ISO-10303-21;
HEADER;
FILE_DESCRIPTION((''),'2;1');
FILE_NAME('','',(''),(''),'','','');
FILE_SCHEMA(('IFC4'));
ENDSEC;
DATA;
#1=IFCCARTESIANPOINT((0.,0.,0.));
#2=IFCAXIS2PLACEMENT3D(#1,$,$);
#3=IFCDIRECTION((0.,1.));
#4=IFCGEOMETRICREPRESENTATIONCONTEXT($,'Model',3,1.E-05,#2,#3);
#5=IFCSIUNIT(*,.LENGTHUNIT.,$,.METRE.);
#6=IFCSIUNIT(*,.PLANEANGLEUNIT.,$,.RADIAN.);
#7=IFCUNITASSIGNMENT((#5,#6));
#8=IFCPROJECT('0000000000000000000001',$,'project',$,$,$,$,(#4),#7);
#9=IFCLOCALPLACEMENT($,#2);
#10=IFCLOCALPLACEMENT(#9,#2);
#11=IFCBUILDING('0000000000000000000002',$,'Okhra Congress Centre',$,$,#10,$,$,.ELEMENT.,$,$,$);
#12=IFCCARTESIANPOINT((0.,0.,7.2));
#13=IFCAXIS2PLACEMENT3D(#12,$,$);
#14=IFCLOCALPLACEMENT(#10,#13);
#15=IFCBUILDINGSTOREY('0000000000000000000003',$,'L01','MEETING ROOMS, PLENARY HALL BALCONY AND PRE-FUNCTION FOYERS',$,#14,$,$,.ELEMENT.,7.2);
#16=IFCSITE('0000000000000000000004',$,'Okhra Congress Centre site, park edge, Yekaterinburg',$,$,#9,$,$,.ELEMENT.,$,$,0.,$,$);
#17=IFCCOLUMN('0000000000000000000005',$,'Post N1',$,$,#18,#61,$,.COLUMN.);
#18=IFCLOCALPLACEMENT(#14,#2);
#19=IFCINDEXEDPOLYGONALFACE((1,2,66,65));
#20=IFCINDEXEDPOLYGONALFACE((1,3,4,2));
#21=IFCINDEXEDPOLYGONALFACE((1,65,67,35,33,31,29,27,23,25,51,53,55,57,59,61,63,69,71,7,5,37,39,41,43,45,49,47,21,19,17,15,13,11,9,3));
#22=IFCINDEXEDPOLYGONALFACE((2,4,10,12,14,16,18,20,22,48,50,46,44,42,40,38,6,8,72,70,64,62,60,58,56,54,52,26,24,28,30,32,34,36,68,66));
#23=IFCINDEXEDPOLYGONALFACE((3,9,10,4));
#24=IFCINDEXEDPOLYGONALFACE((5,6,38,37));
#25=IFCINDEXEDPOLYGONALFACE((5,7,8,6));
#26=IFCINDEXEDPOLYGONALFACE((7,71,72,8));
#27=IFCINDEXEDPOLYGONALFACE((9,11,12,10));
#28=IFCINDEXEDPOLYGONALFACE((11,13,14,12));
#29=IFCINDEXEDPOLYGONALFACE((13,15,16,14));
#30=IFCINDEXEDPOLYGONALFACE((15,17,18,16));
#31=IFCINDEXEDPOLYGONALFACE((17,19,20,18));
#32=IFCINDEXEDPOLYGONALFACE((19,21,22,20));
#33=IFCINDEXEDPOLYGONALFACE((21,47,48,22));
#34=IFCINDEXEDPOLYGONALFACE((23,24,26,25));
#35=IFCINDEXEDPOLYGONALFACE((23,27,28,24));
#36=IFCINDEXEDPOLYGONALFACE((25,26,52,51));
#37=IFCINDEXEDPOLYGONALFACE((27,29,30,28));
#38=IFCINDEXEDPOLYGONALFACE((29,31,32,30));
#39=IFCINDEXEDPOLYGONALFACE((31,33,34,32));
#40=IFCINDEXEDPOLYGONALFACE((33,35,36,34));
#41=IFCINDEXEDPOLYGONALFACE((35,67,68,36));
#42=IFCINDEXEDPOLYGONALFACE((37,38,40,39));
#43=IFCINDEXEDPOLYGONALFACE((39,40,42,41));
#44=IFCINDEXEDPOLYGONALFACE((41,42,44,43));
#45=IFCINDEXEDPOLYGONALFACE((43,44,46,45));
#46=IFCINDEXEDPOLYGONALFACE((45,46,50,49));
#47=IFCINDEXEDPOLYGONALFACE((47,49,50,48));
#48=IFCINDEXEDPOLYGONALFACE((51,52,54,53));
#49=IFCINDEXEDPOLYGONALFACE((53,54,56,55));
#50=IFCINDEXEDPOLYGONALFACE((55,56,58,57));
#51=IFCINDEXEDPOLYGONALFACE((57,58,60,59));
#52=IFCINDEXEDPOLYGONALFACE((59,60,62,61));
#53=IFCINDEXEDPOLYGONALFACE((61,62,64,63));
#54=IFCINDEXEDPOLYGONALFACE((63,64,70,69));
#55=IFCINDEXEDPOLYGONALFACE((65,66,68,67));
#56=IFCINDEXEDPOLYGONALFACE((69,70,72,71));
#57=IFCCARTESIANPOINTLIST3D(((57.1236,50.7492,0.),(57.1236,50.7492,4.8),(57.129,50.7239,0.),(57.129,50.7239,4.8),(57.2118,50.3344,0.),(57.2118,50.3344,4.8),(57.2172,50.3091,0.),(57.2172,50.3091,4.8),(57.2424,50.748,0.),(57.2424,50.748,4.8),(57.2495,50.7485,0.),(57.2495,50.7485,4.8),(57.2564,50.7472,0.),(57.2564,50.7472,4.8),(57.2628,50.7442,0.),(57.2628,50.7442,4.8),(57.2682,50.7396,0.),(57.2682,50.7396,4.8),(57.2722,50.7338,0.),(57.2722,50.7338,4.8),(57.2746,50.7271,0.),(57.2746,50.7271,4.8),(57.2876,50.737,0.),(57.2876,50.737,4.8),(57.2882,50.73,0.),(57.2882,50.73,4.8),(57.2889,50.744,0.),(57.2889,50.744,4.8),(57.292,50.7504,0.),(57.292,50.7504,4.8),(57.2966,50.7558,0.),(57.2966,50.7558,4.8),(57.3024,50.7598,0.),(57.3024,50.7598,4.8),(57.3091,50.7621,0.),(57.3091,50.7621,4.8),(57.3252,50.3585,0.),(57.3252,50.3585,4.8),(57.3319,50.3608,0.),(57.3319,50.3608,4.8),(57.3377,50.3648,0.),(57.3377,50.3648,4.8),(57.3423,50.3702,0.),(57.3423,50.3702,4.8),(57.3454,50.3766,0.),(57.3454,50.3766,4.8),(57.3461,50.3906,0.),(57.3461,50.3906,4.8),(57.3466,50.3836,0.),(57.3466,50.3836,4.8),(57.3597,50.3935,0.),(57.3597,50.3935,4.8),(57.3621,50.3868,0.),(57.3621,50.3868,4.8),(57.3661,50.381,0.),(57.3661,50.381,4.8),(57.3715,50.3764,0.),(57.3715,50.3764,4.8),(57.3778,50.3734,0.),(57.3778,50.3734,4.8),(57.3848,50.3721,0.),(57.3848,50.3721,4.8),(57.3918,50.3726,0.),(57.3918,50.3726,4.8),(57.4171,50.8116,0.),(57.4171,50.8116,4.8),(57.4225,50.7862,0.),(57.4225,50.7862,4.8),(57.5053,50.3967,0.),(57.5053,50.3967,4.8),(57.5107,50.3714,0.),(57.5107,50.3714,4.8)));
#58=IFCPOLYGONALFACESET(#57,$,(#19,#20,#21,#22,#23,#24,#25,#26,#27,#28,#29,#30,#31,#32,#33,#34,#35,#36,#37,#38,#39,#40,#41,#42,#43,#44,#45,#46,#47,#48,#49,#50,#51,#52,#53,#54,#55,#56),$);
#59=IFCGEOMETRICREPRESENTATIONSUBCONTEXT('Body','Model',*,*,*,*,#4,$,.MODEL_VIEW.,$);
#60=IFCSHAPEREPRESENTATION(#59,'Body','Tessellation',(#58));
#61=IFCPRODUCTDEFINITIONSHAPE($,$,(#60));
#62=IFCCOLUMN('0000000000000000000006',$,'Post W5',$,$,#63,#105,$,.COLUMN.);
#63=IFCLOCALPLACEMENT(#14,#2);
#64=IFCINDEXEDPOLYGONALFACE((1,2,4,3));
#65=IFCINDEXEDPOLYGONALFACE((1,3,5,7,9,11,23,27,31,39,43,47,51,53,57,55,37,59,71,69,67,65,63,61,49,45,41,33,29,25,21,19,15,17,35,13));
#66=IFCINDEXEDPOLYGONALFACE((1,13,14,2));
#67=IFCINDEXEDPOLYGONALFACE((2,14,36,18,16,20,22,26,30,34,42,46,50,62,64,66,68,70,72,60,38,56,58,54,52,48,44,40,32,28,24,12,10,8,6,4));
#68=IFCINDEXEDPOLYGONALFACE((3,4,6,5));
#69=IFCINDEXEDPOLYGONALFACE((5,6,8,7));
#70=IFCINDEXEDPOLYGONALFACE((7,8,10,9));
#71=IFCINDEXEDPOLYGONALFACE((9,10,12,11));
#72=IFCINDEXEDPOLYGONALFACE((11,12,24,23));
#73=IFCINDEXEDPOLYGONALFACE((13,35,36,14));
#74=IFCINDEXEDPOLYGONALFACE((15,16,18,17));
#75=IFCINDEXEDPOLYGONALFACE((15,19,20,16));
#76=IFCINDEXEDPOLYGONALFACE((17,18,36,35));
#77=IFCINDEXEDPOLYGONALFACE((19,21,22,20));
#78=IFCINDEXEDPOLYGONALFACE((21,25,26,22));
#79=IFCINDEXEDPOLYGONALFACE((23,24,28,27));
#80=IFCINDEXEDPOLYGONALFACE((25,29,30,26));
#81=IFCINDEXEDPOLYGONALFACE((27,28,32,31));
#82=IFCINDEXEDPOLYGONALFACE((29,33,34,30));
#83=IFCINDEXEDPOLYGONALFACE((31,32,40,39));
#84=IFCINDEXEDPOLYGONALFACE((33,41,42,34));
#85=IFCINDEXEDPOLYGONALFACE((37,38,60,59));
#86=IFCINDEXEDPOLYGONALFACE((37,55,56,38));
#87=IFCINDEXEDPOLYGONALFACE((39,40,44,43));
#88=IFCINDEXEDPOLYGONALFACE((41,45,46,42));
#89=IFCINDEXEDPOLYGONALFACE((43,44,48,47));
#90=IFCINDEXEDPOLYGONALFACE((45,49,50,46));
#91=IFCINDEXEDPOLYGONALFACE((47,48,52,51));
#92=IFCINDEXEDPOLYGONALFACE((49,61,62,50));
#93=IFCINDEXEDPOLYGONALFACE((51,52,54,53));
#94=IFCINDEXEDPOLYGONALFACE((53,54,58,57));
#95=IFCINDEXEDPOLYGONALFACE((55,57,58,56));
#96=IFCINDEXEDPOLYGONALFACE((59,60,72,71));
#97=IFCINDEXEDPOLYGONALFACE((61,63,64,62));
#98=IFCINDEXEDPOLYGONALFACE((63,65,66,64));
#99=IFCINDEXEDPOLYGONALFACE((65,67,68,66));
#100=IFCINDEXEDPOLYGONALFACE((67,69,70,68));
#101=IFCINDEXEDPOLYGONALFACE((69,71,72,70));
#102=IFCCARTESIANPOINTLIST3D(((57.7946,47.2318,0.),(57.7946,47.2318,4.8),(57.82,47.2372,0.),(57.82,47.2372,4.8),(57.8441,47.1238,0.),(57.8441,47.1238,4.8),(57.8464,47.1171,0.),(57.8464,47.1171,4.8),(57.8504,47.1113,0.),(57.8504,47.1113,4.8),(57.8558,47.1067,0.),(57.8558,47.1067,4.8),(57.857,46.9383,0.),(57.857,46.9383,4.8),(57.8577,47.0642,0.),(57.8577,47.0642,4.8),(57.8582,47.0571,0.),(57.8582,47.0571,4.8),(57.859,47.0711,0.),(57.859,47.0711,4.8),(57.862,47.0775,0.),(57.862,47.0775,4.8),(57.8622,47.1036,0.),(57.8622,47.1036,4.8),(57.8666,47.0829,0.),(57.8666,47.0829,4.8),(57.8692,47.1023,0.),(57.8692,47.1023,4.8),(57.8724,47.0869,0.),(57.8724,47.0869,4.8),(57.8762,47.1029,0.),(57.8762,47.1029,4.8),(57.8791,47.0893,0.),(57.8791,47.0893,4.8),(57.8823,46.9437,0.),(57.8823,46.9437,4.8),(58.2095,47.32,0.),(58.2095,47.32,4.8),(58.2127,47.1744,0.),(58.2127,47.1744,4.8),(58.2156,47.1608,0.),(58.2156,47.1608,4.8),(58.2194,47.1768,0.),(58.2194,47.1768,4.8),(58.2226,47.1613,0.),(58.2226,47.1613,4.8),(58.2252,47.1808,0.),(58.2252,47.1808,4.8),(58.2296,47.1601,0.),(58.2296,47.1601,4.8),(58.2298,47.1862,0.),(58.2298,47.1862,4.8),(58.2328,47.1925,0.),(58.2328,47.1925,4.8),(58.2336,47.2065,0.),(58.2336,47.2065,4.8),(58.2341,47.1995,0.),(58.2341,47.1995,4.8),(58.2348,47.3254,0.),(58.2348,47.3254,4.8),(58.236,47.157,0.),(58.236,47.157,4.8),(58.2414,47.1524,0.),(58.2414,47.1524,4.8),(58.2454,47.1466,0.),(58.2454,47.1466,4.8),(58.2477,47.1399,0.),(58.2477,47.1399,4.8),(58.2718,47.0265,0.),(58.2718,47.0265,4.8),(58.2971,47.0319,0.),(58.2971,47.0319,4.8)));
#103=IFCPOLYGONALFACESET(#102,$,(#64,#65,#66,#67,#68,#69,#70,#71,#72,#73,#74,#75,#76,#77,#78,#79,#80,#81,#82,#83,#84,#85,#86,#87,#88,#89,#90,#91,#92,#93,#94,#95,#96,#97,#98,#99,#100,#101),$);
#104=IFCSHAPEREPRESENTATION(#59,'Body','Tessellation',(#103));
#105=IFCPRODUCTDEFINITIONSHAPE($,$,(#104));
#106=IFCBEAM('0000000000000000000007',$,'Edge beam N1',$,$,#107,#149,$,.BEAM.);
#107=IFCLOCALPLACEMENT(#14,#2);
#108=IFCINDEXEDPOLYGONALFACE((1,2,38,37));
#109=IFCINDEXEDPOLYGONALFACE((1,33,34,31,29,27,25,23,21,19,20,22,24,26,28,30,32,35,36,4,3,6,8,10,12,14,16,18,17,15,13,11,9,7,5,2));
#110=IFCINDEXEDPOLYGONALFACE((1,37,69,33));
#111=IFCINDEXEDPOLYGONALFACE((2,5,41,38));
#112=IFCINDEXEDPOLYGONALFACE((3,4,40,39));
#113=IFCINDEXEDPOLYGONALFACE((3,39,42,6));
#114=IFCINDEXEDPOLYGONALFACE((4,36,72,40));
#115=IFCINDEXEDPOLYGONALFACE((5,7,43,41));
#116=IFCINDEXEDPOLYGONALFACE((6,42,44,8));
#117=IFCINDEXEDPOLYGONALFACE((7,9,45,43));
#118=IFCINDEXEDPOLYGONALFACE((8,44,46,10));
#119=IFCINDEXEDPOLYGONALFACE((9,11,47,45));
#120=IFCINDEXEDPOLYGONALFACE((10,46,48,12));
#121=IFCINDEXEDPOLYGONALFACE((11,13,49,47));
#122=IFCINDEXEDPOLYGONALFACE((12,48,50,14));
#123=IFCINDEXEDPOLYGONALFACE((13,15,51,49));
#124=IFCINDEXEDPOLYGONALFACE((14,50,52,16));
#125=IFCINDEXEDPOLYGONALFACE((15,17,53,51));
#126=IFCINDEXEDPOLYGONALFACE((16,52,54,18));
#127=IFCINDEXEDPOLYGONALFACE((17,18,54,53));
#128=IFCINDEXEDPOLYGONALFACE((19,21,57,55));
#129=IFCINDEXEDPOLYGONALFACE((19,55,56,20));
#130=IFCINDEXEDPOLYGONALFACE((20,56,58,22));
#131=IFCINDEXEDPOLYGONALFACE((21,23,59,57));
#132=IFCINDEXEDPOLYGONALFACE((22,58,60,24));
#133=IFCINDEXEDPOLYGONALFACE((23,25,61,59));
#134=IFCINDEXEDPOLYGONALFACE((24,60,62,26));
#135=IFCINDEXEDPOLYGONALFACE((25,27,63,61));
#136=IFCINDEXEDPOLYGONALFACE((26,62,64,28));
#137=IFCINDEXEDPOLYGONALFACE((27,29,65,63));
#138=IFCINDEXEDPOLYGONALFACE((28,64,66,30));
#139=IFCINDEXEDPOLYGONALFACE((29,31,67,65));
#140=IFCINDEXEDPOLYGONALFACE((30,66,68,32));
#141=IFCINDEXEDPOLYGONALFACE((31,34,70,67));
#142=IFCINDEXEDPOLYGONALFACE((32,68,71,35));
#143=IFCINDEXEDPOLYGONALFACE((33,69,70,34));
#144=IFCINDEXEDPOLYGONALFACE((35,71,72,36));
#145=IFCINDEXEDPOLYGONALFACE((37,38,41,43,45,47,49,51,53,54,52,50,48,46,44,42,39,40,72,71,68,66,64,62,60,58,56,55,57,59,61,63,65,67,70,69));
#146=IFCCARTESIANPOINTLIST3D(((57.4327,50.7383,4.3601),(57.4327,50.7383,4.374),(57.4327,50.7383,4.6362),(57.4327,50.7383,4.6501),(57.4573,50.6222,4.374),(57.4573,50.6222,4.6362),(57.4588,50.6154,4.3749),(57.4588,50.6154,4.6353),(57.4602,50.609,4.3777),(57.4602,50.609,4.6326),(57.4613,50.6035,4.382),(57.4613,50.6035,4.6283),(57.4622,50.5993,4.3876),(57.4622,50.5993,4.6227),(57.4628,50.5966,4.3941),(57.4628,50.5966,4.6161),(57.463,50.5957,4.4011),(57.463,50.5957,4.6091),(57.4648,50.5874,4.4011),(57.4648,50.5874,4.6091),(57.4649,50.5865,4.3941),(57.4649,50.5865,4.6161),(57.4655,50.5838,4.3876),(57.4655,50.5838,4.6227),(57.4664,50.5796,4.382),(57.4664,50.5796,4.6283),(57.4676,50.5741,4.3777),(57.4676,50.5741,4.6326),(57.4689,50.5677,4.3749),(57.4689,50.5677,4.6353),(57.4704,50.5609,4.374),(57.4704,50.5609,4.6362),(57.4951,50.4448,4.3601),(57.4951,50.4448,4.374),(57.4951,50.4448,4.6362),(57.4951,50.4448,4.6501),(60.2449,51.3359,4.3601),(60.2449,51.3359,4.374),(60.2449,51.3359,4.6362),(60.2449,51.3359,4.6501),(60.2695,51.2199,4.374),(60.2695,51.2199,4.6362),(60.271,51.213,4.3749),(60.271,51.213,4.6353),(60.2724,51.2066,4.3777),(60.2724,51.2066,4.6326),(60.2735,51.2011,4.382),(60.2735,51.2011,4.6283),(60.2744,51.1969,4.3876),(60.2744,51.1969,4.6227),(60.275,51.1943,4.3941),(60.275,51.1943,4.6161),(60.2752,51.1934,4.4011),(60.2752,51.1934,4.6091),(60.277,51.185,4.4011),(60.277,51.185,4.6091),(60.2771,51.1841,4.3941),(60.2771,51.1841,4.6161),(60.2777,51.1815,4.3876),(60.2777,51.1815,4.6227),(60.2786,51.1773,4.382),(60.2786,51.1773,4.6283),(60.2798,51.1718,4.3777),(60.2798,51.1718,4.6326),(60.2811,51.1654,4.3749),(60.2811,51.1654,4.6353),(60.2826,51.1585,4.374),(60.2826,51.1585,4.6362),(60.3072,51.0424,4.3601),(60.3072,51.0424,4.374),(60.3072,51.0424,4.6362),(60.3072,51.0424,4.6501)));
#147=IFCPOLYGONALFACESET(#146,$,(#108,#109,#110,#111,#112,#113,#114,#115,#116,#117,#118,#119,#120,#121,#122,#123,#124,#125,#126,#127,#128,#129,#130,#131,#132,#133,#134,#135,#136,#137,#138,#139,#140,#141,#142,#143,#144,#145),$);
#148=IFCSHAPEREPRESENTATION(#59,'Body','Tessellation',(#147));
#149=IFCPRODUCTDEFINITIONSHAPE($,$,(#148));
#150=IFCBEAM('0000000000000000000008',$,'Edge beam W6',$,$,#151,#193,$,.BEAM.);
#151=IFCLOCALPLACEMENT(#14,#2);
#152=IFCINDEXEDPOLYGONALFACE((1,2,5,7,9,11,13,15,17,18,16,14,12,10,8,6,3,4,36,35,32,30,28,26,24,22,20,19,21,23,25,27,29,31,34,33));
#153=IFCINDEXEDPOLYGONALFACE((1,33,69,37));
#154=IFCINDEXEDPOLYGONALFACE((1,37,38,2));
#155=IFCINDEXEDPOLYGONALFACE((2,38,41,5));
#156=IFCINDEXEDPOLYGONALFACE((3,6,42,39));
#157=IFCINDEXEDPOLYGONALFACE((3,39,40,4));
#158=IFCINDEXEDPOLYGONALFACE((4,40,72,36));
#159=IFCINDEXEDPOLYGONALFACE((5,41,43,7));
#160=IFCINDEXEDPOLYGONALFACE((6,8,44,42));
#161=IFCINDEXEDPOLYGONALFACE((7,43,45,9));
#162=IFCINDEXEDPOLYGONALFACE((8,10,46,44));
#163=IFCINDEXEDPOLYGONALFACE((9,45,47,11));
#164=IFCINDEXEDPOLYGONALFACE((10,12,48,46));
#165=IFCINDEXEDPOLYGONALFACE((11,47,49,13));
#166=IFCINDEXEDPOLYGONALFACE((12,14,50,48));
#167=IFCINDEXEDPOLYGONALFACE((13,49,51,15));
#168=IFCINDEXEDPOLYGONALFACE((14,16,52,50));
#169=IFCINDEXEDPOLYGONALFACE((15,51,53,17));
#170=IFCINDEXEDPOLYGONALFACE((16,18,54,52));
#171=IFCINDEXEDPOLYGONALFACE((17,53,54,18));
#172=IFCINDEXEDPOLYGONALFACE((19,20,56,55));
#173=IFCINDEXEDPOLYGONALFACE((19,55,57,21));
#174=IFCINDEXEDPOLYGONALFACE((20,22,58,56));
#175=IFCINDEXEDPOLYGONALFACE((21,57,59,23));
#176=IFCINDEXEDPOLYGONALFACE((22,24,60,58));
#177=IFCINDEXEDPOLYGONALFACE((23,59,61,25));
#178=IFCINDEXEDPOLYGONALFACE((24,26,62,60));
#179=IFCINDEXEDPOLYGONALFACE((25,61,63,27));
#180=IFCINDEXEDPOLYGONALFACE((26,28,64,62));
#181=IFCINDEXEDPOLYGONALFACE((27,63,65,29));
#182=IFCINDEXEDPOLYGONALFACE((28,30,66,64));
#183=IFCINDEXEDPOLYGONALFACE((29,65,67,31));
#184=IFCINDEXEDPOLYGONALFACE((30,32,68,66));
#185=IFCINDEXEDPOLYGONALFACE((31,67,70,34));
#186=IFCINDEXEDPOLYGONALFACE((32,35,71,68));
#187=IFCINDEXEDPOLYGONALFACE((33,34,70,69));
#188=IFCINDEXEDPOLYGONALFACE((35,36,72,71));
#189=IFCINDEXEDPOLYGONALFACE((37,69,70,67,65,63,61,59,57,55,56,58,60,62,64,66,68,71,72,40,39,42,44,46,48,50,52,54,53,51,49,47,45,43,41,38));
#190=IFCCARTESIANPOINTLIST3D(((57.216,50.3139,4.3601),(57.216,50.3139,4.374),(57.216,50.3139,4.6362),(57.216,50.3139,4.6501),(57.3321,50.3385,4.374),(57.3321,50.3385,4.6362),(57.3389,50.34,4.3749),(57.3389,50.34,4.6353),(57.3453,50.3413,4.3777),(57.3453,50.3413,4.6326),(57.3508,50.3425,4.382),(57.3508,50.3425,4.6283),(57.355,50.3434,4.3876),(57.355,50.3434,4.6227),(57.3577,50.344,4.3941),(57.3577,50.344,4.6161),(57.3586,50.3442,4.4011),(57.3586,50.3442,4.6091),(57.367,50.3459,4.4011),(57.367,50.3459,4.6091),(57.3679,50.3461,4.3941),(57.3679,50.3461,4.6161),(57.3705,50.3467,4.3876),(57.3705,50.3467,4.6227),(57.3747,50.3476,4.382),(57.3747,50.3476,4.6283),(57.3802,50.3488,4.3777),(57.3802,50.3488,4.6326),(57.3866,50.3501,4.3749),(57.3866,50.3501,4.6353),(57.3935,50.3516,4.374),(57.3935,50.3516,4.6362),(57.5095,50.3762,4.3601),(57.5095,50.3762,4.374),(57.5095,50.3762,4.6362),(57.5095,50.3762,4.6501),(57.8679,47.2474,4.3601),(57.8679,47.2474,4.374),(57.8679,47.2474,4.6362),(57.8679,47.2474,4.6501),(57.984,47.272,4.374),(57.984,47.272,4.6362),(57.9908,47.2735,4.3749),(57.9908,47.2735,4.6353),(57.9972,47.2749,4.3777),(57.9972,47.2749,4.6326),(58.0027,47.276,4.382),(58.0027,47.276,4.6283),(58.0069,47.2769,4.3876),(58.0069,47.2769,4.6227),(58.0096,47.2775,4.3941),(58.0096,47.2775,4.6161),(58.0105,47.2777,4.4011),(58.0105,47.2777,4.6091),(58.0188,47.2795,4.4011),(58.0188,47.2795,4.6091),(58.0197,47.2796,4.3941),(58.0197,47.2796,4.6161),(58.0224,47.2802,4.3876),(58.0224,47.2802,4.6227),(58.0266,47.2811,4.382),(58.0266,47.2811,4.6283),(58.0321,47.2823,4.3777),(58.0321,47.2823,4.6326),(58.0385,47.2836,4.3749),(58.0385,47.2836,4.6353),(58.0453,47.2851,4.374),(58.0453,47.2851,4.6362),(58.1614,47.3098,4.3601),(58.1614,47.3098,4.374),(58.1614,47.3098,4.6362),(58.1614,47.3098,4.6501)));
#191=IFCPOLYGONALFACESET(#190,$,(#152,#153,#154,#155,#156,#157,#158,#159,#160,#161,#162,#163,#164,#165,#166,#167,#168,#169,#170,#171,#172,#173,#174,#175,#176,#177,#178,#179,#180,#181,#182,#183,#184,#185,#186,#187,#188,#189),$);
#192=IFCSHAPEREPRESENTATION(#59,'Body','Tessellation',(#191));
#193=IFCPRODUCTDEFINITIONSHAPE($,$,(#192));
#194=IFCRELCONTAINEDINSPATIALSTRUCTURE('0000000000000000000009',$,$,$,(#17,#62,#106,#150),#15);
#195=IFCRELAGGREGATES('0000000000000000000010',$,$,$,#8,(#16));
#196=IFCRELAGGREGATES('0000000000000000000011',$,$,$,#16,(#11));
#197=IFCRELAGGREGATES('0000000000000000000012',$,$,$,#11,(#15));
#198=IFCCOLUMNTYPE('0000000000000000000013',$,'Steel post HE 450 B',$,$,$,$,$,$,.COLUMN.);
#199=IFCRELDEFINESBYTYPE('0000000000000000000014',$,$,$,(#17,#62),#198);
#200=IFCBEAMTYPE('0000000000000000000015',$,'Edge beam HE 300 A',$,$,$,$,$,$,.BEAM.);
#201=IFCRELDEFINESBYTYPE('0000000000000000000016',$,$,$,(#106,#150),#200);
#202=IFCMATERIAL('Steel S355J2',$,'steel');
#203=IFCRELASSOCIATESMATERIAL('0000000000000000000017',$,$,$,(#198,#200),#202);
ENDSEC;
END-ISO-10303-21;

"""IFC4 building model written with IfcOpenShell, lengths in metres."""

from ifc_helpers import new_model, si_unit, direction, frame, origin, origin_2d, place, context, subcontext, project, spatial, i_section, extrude, material, material_profile, profile_set, type_object, element, save


model = new_model("IFC4")

# Units and contexts
model_context = context("Model", 3, precision=1e-05, world=origin(), true_north=direction((0.0, 1.0)))
body_context = subcontext(model_context, "Body", "Model", "MODEL_VIEW")
ifc_project = project(units=[si_unit("LENGTHUNIT", "METRE"), si_unit("PLANEANGLEUNIT", "RADIAN")], contexts=[model_context])

# Site, building, storey
site_placement = place(None, origin())
site = spatial("IfcSite", under=ifc_project, at=site_placement, Name="Okhra Congress Centre site, park edge, Yekaterinburg", CompositionType="ELEMENT", RefElevation=0.0)
building_placement = place(site_placement, origin())
building = spatial("IfcBuilding", under=site, at=building_placement, Name="Okhra Congress Centre", CompositionType="ELEMENT")
storey_placement = place(building_placement, frame((0.0, 0.0, 7.2)))
storey = spatial("IfcBuildingStorey", under=building, at=storey_placement, Name="L01", Description="MEETING ROOMS, PLENARY HALL BALCONY AND PRE-FUNCTION FOYERS", CompositionType="ELEMENT", Elevation=7.2)

# Columns
ifc_material_1 = material(Name="Steel S355J2", Category="steel")
ifc_material_profile_1 = material_profile(ifc_material_1, i_section(OverallWidth=0.3, OverallDepth=0.45, WebThickness=0.0139, FlangeThickness=0.0259, FilletRadius=0.0271, at=origin_2d()), Name="HE 450 B")
ifc_profile_set_1 = profile_set([ifc_material_profile_1], Name="Steel S355J2")
column_type = type_object("IfcColumnType", Name="Steel post HE 450 B", PredefinedType="COLUMN", material=ifc_profile_set_1)
for number, where, z_axis, x_axis, name in (
    (1, (57.3171, 50.5603, 0.0), (0.0, 0.0, 1.0), (0.978148, 0.207912, 0.0), "Post N1"),
    (2, (58.0459, 47.1318, 0.0), (0.0, 0.0, 1.0), (-0.207912, 0.978148, 0.0), "Post W5"),
):
    element("IfcColumn", number, at=place(storey_placement, frame(where, z_axis=z_axis, x_axis=x_axis)), inside=storey, type_object=column_type, Name=name, PredefinedType="COLUMN", context=body_context, shape_type="SweptSolid", body=[
        extrude(i_section(OverallWidth=0.3, OverallDepth=0.45, WebThickness=0.0139, FlangeThickness=0.0259, FilletRadius=0.0271, at=origin_2d()), origin(), (0.0, 0.0, 1.0), 4.8),
    ])

# Beams
ifc_material_profile_2 = material_profile(ifc_material_1, i_section(OverallWidth=0.3, OverallDepth=0.29, WebThickness=0.0085, FlangeThickness=0.0139, FilletRadius=0.0271, at=origin_2d()), Name="HE 300 A")
ifc_profile_set_2 = profile_set([ifc_material_profile_2], Name="Steel S355J2")
beam_type = type_object("IfcBeamType", Name="Edge beam HE 300 A", PredefinedType="BEAM", material=ifc_profile_set_2)
beam_1_placement = place(storey_placement, frame((57.4639, 50.5916, 4.5051), z_axis=(0.978155, 0.207876, 0.0), x_axis=(-0.207876, 0.978155, 0.0)))
element("IfcBeam", 3, at=beam_1_placement, inside=storey, type_object=beam_type, Name="Edge beam N1", PredefinedType="BEAM", context=body_context, shape_type="SweptSolid", body=[
    extrude(i_section(OverallWidth=0.3, OverallDepth=0.29, WebThickness=0.0085, FlangeThickness=0.0139, FilletRadius=0.0271, at=origin_2d()), origin(), (0.0, 0.0, 1.0), 2.875),
])
beam_2_placement = place(storey_placement, frame((58.0146, 47.2786, 4.5051), z_axis=(-0.207933, 0.978143, 0.0), x_axis=(-0.978143, -0.207933, 0.0)))
element("IfcBeam", 4, at=beam_2_placement, inside=storey, type_object=beam_type, Name="Edge beam W6", PredefinedType="BEAM", context=body_context, shape_type="SweptSolid", body=[
    extrude(i_section(OverallWidth=0.3, OverallDepth=0.29, WebThickness=0.0085, FlangeThickness=0.0139, FilletRadius=0.0271, at=origin_2d()), origin(), (0.0, 0.0, 1.0), 3.135),
])

save(model, "model.ifc")
